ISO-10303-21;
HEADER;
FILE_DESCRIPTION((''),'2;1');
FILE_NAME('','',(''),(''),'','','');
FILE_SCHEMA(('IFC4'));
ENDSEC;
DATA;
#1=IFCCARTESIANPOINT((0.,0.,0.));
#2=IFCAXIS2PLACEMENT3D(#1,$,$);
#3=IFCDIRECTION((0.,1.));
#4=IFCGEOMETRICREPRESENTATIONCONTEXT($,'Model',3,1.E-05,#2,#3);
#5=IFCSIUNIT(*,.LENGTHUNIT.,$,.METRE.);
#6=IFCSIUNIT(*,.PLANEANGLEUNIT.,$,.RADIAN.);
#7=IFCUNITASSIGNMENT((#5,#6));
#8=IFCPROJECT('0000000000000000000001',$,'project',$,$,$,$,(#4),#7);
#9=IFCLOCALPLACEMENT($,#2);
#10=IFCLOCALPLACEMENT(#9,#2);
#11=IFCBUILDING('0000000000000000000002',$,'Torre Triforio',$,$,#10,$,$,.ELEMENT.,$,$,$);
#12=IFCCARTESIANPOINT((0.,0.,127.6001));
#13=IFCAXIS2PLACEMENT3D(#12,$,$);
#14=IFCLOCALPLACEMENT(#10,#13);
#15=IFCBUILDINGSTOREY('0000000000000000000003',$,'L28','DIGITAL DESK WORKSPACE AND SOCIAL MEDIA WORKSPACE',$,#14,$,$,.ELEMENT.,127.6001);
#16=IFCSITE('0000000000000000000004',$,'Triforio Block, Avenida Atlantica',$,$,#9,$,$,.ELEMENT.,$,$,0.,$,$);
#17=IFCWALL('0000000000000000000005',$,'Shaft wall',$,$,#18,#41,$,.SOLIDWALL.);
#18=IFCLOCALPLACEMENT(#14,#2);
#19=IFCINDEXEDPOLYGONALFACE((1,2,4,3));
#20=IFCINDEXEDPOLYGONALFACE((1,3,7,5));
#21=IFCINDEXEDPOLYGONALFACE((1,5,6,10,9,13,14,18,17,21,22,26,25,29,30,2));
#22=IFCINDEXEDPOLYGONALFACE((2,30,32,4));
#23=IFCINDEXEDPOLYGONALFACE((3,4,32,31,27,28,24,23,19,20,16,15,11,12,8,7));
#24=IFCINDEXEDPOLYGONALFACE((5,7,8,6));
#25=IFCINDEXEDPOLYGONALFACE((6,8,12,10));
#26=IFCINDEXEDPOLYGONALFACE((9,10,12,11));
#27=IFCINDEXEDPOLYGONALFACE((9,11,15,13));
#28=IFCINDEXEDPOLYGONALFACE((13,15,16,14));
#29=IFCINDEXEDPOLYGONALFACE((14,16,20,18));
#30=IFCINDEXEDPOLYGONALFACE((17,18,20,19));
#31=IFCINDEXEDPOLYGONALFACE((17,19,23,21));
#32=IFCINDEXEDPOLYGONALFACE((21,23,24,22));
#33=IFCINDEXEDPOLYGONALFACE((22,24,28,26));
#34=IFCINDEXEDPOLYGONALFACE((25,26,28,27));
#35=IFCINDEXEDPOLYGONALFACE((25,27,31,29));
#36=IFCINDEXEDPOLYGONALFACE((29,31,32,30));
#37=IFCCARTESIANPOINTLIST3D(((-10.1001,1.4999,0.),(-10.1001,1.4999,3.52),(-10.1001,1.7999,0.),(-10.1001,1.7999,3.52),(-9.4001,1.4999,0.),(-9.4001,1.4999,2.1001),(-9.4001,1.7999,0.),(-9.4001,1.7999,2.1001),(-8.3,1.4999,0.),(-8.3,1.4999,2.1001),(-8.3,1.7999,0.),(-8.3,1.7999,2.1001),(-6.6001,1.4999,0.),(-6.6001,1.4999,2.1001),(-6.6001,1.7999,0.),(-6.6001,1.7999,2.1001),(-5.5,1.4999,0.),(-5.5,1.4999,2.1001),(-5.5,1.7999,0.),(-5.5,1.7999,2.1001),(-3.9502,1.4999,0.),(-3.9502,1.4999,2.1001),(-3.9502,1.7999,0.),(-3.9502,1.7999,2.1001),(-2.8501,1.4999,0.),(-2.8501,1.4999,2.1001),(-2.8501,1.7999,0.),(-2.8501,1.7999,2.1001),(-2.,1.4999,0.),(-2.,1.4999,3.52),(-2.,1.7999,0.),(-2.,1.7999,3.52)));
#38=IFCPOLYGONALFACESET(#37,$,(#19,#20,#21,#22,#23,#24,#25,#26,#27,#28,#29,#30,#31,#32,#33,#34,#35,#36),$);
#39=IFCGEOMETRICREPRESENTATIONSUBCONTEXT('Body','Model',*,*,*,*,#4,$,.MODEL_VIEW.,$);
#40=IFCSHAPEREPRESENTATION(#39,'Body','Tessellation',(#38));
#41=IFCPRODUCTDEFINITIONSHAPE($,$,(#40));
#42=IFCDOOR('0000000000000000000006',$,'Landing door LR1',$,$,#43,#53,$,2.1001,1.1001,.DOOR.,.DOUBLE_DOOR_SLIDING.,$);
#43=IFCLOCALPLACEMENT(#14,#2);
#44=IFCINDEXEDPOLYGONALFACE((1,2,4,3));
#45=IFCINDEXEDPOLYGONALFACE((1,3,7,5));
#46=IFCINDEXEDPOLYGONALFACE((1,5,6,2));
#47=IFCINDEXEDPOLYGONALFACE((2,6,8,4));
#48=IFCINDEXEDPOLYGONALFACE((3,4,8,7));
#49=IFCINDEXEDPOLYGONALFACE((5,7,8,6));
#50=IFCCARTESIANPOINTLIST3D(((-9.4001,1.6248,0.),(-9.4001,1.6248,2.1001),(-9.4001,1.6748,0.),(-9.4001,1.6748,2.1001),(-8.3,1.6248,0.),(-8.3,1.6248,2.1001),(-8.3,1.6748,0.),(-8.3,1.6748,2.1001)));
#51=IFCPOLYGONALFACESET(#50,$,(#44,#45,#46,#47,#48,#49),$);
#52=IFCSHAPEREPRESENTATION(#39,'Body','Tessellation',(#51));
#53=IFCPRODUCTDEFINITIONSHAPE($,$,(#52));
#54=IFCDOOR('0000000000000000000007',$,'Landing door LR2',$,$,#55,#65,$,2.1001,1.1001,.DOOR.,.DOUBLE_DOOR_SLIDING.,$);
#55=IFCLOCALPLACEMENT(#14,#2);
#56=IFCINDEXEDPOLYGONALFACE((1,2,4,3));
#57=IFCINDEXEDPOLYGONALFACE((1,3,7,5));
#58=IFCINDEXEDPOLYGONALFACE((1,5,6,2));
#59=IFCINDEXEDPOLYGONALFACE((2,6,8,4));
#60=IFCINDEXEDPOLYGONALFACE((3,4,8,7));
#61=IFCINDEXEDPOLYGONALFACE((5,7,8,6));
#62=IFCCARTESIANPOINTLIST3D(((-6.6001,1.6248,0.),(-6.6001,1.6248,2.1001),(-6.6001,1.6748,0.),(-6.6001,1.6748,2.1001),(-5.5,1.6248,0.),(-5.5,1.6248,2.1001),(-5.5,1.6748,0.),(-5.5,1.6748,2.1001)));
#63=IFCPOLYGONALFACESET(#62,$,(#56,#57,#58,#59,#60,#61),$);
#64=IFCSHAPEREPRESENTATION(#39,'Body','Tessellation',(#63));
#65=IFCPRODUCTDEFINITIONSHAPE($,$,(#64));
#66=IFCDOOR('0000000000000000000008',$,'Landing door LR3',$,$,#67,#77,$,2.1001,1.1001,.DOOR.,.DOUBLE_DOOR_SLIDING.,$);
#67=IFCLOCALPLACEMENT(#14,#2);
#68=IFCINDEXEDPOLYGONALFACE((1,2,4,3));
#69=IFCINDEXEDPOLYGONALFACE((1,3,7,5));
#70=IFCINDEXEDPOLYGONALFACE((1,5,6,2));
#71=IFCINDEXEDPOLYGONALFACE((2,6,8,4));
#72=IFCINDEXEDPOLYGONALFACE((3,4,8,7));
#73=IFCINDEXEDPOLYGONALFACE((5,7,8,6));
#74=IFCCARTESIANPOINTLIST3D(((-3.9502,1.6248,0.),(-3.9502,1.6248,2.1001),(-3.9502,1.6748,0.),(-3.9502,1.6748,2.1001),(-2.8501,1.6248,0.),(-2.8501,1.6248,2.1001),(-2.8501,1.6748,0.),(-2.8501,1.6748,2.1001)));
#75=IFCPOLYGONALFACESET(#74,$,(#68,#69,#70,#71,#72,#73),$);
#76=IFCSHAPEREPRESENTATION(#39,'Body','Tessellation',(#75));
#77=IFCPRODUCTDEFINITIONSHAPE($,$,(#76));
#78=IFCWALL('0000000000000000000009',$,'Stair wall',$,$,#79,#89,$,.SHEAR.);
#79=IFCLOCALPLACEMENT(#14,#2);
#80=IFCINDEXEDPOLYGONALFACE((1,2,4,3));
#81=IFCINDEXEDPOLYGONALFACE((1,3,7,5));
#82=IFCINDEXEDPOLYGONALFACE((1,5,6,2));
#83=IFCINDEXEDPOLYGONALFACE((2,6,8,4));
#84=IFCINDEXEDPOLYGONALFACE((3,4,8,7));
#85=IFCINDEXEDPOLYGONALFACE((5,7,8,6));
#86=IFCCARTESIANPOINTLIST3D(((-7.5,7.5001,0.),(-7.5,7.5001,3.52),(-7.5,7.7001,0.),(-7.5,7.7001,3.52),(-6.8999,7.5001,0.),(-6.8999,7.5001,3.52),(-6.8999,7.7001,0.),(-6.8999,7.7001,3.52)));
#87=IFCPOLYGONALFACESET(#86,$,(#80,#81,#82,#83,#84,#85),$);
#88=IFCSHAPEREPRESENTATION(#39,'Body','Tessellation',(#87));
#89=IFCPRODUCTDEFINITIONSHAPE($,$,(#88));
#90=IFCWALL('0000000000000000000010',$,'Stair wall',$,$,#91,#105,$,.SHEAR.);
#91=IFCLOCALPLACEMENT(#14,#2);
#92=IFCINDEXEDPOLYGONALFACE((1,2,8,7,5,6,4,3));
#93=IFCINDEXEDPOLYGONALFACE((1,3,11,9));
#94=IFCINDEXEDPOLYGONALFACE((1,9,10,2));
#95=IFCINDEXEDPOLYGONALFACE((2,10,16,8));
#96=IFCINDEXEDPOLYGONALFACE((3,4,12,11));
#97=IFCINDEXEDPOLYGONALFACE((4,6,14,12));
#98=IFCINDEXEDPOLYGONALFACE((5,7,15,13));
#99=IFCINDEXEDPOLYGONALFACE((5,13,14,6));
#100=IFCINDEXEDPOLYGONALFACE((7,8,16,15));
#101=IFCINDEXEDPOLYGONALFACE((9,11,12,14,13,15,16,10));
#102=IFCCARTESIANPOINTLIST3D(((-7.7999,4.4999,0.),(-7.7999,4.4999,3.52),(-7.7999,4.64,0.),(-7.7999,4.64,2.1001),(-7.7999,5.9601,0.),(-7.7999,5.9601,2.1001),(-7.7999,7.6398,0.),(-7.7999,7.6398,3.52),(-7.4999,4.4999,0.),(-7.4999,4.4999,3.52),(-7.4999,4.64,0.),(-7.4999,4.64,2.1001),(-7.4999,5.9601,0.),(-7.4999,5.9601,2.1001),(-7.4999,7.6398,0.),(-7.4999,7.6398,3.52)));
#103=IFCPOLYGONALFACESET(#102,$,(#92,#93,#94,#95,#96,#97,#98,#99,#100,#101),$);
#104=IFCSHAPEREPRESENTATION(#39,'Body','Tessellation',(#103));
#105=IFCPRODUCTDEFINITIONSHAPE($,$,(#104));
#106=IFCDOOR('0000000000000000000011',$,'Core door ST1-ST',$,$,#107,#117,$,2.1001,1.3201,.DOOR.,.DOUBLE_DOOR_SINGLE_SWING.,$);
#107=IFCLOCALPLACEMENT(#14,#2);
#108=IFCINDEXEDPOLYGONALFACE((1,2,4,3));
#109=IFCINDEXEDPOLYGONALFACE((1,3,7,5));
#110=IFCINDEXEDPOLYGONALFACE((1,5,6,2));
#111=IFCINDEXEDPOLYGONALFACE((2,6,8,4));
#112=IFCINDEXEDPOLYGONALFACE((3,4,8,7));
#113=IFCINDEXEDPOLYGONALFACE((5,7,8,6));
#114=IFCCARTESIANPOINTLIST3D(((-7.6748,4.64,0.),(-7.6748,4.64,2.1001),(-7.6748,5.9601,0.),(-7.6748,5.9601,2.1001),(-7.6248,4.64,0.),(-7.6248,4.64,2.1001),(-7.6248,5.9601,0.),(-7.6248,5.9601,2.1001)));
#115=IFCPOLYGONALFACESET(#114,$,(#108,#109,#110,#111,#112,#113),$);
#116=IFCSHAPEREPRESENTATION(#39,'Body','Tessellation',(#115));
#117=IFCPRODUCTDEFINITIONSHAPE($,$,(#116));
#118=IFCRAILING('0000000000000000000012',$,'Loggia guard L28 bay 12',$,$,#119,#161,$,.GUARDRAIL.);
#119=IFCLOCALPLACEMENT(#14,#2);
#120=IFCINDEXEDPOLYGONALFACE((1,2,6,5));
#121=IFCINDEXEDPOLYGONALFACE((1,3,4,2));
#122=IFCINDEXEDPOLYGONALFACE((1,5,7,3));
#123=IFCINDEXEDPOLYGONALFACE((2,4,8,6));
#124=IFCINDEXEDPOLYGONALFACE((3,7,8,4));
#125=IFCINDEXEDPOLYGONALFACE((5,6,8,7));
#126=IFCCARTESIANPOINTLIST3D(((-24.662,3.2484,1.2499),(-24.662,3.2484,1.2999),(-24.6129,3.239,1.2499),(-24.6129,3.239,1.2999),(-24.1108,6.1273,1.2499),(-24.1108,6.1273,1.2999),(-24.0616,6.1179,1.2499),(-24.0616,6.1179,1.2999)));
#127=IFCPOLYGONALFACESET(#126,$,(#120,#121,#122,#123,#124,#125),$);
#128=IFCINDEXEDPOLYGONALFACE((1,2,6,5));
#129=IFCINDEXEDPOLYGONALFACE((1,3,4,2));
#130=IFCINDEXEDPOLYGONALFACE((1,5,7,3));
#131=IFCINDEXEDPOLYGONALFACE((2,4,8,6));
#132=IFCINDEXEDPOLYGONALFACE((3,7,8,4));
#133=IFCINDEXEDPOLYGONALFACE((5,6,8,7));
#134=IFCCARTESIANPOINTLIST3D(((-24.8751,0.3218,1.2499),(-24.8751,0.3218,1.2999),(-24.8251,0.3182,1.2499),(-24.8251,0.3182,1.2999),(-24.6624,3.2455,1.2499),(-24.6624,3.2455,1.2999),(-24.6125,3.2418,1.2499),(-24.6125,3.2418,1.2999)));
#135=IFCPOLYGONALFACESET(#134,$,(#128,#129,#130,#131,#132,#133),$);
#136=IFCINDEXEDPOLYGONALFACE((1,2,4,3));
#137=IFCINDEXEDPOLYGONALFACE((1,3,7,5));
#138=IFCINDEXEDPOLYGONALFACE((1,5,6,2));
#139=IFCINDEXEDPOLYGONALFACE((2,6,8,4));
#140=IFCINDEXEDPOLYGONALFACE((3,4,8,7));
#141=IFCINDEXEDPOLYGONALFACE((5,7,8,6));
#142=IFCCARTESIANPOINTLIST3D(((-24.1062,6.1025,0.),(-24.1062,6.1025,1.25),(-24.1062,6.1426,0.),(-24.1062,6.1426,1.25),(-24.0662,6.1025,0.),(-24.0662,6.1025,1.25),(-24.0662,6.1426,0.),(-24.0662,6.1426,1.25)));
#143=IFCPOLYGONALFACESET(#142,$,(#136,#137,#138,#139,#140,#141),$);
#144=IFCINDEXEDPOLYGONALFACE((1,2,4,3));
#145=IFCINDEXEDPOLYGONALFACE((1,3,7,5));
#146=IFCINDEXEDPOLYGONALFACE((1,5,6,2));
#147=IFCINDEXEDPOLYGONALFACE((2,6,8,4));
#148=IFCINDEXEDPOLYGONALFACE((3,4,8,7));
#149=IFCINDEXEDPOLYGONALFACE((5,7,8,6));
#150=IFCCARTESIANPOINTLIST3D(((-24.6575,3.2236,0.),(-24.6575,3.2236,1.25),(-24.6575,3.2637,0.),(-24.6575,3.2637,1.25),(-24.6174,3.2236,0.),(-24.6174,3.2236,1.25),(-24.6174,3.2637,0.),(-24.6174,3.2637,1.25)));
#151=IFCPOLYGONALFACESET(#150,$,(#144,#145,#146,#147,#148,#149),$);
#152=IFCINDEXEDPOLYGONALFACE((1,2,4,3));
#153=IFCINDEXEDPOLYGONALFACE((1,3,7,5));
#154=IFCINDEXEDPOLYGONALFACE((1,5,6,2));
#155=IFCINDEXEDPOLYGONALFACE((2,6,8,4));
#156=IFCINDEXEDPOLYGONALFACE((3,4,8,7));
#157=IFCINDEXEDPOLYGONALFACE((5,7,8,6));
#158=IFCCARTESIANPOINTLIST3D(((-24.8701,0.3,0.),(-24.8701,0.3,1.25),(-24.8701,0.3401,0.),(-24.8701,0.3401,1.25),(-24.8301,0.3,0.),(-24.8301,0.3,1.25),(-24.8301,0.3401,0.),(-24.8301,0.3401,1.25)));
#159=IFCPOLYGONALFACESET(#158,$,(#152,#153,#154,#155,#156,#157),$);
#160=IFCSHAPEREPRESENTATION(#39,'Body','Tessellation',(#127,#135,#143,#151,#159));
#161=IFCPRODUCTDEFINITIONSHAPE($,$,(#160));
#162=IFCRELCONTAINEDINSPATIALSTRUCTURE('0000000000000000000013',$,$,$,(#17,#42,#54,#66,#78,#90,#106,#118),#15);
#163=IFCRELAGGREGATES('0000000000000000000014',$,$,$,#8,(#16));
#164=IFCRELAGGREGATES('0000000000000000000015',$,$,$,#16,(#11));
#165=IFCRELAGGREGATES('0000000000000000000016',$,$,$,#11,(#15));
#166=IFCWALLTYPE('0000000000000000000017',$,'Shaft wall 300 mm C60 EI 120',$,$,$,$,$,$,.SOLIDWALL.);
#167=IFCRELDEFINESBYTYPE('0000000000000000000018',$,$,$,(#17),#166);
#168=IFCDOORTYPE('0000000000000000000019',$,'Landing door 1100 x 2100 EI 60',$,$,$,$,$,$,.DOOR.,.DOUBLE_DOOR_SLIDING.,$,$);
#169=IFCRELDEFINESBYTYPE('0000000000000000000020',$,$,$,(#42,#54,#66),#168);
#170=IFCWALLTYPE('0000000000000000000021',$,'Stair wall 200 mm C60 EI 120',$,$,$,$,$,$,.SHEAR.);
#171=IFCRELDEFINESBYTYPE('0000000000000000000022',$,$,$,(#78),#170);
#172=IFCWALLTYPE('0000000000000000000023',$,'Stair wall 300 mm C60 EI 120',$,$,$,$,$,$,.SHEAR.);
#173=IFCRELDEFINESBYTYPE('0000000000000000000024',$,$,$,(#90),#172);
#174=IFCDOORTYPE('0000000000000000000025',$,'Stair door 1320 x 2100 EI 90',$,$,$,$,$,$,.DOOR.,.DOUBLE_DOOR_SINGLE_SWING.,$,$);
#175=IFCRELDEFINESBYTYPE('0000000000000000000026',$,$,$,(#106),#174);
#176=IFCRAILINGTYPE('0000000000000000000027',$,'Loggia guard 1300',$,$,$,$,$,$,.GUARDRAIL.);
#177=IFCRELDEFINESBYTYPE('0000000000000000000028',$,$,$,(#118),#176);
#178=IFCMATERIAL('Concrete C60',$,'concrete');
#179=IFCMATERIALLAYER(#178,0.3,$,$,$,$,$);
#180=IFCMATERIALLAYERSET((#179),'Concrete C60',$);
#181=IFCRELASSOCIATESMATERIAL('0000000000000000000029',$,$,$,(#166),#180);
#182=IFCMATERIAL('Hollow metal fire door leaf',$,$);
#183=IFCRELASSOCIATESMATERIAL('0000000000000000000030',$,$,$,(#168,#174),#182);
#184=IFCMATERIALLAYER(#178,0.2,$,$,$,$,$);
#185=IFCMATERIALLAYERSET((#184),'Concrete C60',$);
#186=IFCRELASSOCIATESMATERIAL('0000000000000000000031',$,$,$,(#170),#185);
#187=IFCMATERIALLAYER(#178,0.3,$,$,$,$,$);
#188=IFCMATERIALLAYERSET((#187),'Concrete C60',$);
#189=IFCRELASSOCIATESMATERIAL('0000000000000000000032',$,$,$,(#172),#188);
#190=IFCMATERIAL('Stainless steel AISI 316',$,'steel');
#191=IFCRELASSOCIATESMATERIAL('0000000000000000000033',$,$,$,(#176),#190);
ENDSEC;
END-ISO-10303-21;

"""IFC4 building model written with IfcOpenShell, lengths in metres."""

from ifc_helpers import new_model, si_unit, direction, frame, frame_2d, origin, origin_2d, place, context, subcontext, project, spatial, rectangle, extrude, material, layer, layer_set, type_object, element, fill, save


model = new_model("IFC4")

# Units and contexts
model_context = context("Model", 3, precision=1e-05, world=origin(), true_north=direction((0.0, 1.0)))
body_context = subcontext(model_context, "Body", "Model", "MODEL_VIEW")
ifc_project = project(units=[si_unit("LENGTHUNIT", "METRE"), si_unit("PLANEANGLEUNIT", "RADIAN")], contexts=[model_context])

# Site, building, storey
site_placement = place(None, origin())
site = spatial("IfcSite", under=ifc_project, at=site_placement, Name="Triforio Block, Avenida Atlantica", CompositionType="ELEMENT", RefElevation=0.0)
building_placement = place(site_placement, origin())
building = spatial("IfcBuilding", under=site, at=building_placement, Name="Torre Triforio", CompositionType="ELEMENT")
storey_placement = place(building_placement, frame((0.0, 0.0, 127.6001)))
storey = spatial("IfcBuildingStorey", under=building, at=storey_placement, Name="L28", Description="DIGITAL DESK WORKSPACE AND SOCIAL MEDIA WORKSPACE", CompositionType="ELEMENT", Elevation=127.6001)

# Shared definitions
ifc_material_1 = material(Name="Concrete C60", Category="concrete")

# Shared definitions
ifc_material_2 = material(Name="Hollow metal fire door leaf")

# Shared definitions
ifc_layer_1 = layer(ifc_material_1, 0.3)
ifc_layer_set_1 = layer_set([ifc_layer_1], Name="Concrete C60")
wall_type_1 = type_object("IfcWallType", Name="Shaft wall 300 mm C60 EI 120", PredefinedType="SOLIDWALL", material=ifc_layer_set_1)

# Wall, openings, doors
wall_1_placement = place(storey_placement, frame((-10.1001, 1.6499, 0.0), z_axis=(0.0, 0.0, 1.0), x_axis=(1.0, 0.0, 0.0)))
wall_1 = element("IfcWall", 1, at=wall_1_placement, inside=storey, type_object=wall_type_1, Name="Shaft wall", PredefinedType="SOLIDWALL", context=body_context, shape_type="SweptSolid", body=[
    extrude(rectangle(XDim=8.1001, YDim=0.3, at=frame_2d((4.05, 0.0))), origin(), (0.0, 0.0, 1.0), 3.52),
])
opening_1_placement = place(wall_1_placement, frame((0.7, 0.0, 0.0)))
opening_1 = element("IfcOpeningElement", 2, at=opening_1_placement, cuts=wall_1, PredefinedType="OPENING", context=body_context, shape_type="SweptSolid", body=[
    extrude(rectangle(XDim=1.1001, YDim=2.1001, at=frame_2d((0.55, 1.05))), frame((0.0, 0.1599, 0.0), z_axis=(0.0, -1.0, 0.0), x_axis=(1.0, 0.0, 0.0)), (0.0, 0.0, 1.0), 0.3201),
])
opening_2_placement = place(wall_1_placement, frame((3.5, 0.0, 0.0)))
opening_2 = element("IfcOpeningElement", 3, at=opening_2_placement, cuts=wall_1, PredefinedType="OPENING", context=body_context, shape_type="SweptSolid", body=[
    extrude(rectangle(XDim=1.1001, YDim=2.1001, at=frame_2d((0.55, 1.05))), frame((0.0, 0.1599, 0.0), z_axis=(0.0, -1.0, 0.0), x_axis=(1.0, 0.0, 0.0)), (0.0, 0.0, 1.0), 0.3201),
])
opening_3_placement = place(wall_1_placement, frame((6.1499, 0.0, 0.0)))
opening_3 = element("IfcOpeningElement", 4, at=opening_3_placement, cuts=wall_1, PredefinedType="OPENING", context=body_context, shape_type="SweptSolid", body=[
    extrude(rectangle(XDim=1.1001, YDim=2.1001, at=frame_2d((0.55, 1.05))), frame((0.0, 0.1599, 0.0), z_axis=(0.0, -1.0, 0.0), x_axis=(1.0, 0.0, 0.0)), (0.0, 0.0, 1.0), 0.3201),
])
door_type_1 = type_object("IfcDoorType", Name="Landing door 1100 x 2100 EI 60", OperationType="DOUBLE_DOOR_SLIDING", PredefinedType="DOOR", material=ifc_material_2)
door_1_placement = place(opening_1_placement, origin())
door_1 = element("IfcDoor", 5, at=door_1_placement, inside=storey, type_object=door_type_1, Name="Landing door LR1", OperationType="DOUBLE_DOOR_SLIDING", OverallHeight=2.1001, OverallWidth=1.1001, PredefinedType="DOOR", context=body_context, shape_type="SweptSolid", body=[
    extrude(rectangle(XDim=1.1001, YDim=2.1001, at=frame_2d((0.55, 1.05))), frame((0.0, 0.0249, 0.0), z_axis=(0.0, -1.0, 0.0), x_axis=(1.0, 0.0, 0.0)), (0.0, 0.0, 1.0), 0.05),
])
fill(opening_1, door_1)
door_2_placement = place(opening_2_placement, origin())
door_2 = element("IfcDoor", 6, at=door_2_placement, inside=storey, type_object=door_type_1, Name="Landing door LR2", OperationType="DOUBLE_DOOR_SLIDING", OverallHeight=2.1001, OverallWidth=1.1001, PredefinedType="DOOR", context=body_context, shape_type="SweptSolid", body=[
    extrude(rectangle(XDim=1.1001, YDim=2.1001, at=frame_2d((0.55, 1.05))), frame((0.0, 0.0249, 0.0), z_axis=(0.0, -1.0, 0.0), x_axis=(1.0, 0.0, 0.0)), (0.0, 0.0, 1.0), 0.05),
])
fill(opening_2, door_2)
door_3_placement = place(opening_3_placement, origin())
door_3 = element("IfcDoor", 7, at=door_3_placement, inside=storey, type_object=door_type_1, Name="Landing door LR3", OperationType="DOUBLE_DOOR_SLIDING", OverallHeight=2.1001, OverallWidth=1.1001, PredefinedType="DOOR", context=body_context, shape_type="SweptSolid", body=[
    extrude(rectangle(XDim=1.1001, YDim=2.1001, at=frame_2d((0.55, 1.05))), frame((0.0, 0.0249, 0.0), z_axis=(0.0, -1.0, 0.0), x_axis=(1.0, 0.0, 0.0)), (0.0, 0.0, 1.0), 0.05),
])
fill(opening_3, door_3)

# Wall
ifc_layer_2 = layer(ifc_material_1, 0.2)
ifc_layer_set_2 = layer_set([ifc_layer_2], Name="Concrete C60")
wall_type_2 = type_object("IfcWallType", Name="Stair wall 200 mm C60 EI 120", PredefinedType="SHEAR", material=ifc_layer_set_2)
wall_2_placement = place(storey_placement, frame((-7.5, 7.6001, 0.0), z_axis=(0.0, 0.0, 1.0), x_axis=(1.0, 0.0, 0.0)))
element("IfcWall", 8, at=wall_2_placement, inside=storey, type_object=wall_type_2, Name="Stair wall", PredefinedType="SHEAR", context=body_context, shape_type="SweptSolid", body=[
    extrude(rectangle(XDim=0.6001, YDim=0.2, at=frame_2d((0.3, 0.0))), origin(), (0.0, 0.0, 1.0), 3.52),
])

# Wall, opening, door
ifc_layer_3 = layer(ifc_material_1, 0.3)
ifc_layer_set_3 = layer_set([ifc_layer_3], Name="Concrete C60")
wall_type_3 = type_object("IfcWallType", Name="Stair wall 300 mm C60 EI 120", PredefinedType="SHEAR", material=ifc_layer_set_3)
wall_3_placement = place(storey_placement, frame((-7.6499, 4.5, 0.0), z_axis=(0.0, 0.0, 1.0), x_axis=(0.0, 1.0, 0.0)))
wall_3 = element("IfcWall", 9, at=wall_3_placement, inside=storey, type_object=wall_type_3, Name="Stair wall", PredefinedType="SHEAR", context=body_context, shape_type="SweptSolid", body=[
    extrude(rectangle(XDim=3.1399, YDim=0.3, at=frame_2d((1.5698, 0.0))), origin(), (0.0, 0.0, 1.0), 3.52),
])
opening_4_placement = place(wall_3_placement, frame((0.1399, 0.0, 0.0)))
opening_4 = element("IfcOpeningElement", 10, at=opening_4_placement, cuts=wall_3, PredefinedType="OPENING", context=body_context, shape_type="SweptSolid", body=[
    extrude(rectangle(XDim=1.3201, YDim=2.1001, at=frame_2d((0.6602, 1.05))), frame((0.0, 0.1599, 0.0), z_axis=(0.0, -1.0, 0.0), x_axis=(1.0, 0.0, 0.0)), (0.0, 0.0, 1.0), 0.3201),
])
door_type_2 = type_object("IfcDoorType", Name="Stair door 1320 x 2100 EI 90", OperationType="DOUBLE_DOOR_SINGLE_SWING", PredefinedType="DOOR", material=ifc_material_2)
door_4_placement = place(opening_4_placement, origin())
door_4 = element("IfcDoor", 11, at=door_4_placement, inside=storey, type_object=door_type_2, Name="Core door ST1-ST", OperationType="DOUBLE_DOOR_SINGLE_SWING", OverallHeight=2.1001, OverallWidth=1.3201, PredefinedType="DOOR", context=body_context, shape_type="SweptSolid", body=[
    extrude(rectangle(XDim=1.3201, YDim=2.1001, at=frame_2d((0.6602, 1.05))), frame((0.0, 0.0249, 0.0), z_axis=(0.0, -1.0, 0.0), x_axis=(1.0, 0.0, 0.0)), (0.0, 0.0, 1.0), 0.05),
])
fill(opening_4, door_4)

# Railing
ifc_material_3 = material(Name="Stainless steel AISI 316", Category="steel")
railing_type = type_object("IfcRailingType", Name="Loggia guard 1300", PredefinedType="GUARDRAIL", material=ifc_material_3)
railing_placement = place(storey_placement, frame((-24.0862, 6.1226, 0.0)))
element("IfcRailing", 12, at=railing_placement, inside=storey, type_object=railing_type, Name="Loggia guard L28 bay 12", PredefinedType="GUARDRAIL", context=body_context, shape_type="SweptSolid", body=[
    extrude(rectangle(XDim=0.05, YDim=0.05, at=origin_2d()), frame((0.0, 0.0, 1.2749), z_axis=(-0.188069, -0.982156, 0.0), x_axis=(0.982156, -0.188069, 0.0)), (0.0, 0.0, 1.0), 2.9312),
    extrude(rectangle(XDim=0.05, YDim=0.05, at=origin_2d()), frame((-0.5513, -2.8789, 1.2749), z_axis=(-0.072543, -0.997365, 0.0), x_axis=(0.997365, -0.072543, 0.0)), (0.0, 0.0, 1.0), 2.9314),
    extrude(rectangle(XDim=0.04, YDim=0.04, at=origin_2d()), origin(), (0.0, 0.0, 1.0), 1.25),
    extrude(rectangle(XDim=0.04, YDim=0.04, at=origin_2d()), frame((-0.5513, -2.8789, 0.0)), (0.0, 0.0, 1.0), 1.25),
    extrude(rectangle(XDim=0.04, YDim=0.04, at=origin_2d()), frame((-0.7639, -5.8025, 0.0)), (0.0, 0.0, 1.0), 1.25),
])

save(model, "model.ifc")
